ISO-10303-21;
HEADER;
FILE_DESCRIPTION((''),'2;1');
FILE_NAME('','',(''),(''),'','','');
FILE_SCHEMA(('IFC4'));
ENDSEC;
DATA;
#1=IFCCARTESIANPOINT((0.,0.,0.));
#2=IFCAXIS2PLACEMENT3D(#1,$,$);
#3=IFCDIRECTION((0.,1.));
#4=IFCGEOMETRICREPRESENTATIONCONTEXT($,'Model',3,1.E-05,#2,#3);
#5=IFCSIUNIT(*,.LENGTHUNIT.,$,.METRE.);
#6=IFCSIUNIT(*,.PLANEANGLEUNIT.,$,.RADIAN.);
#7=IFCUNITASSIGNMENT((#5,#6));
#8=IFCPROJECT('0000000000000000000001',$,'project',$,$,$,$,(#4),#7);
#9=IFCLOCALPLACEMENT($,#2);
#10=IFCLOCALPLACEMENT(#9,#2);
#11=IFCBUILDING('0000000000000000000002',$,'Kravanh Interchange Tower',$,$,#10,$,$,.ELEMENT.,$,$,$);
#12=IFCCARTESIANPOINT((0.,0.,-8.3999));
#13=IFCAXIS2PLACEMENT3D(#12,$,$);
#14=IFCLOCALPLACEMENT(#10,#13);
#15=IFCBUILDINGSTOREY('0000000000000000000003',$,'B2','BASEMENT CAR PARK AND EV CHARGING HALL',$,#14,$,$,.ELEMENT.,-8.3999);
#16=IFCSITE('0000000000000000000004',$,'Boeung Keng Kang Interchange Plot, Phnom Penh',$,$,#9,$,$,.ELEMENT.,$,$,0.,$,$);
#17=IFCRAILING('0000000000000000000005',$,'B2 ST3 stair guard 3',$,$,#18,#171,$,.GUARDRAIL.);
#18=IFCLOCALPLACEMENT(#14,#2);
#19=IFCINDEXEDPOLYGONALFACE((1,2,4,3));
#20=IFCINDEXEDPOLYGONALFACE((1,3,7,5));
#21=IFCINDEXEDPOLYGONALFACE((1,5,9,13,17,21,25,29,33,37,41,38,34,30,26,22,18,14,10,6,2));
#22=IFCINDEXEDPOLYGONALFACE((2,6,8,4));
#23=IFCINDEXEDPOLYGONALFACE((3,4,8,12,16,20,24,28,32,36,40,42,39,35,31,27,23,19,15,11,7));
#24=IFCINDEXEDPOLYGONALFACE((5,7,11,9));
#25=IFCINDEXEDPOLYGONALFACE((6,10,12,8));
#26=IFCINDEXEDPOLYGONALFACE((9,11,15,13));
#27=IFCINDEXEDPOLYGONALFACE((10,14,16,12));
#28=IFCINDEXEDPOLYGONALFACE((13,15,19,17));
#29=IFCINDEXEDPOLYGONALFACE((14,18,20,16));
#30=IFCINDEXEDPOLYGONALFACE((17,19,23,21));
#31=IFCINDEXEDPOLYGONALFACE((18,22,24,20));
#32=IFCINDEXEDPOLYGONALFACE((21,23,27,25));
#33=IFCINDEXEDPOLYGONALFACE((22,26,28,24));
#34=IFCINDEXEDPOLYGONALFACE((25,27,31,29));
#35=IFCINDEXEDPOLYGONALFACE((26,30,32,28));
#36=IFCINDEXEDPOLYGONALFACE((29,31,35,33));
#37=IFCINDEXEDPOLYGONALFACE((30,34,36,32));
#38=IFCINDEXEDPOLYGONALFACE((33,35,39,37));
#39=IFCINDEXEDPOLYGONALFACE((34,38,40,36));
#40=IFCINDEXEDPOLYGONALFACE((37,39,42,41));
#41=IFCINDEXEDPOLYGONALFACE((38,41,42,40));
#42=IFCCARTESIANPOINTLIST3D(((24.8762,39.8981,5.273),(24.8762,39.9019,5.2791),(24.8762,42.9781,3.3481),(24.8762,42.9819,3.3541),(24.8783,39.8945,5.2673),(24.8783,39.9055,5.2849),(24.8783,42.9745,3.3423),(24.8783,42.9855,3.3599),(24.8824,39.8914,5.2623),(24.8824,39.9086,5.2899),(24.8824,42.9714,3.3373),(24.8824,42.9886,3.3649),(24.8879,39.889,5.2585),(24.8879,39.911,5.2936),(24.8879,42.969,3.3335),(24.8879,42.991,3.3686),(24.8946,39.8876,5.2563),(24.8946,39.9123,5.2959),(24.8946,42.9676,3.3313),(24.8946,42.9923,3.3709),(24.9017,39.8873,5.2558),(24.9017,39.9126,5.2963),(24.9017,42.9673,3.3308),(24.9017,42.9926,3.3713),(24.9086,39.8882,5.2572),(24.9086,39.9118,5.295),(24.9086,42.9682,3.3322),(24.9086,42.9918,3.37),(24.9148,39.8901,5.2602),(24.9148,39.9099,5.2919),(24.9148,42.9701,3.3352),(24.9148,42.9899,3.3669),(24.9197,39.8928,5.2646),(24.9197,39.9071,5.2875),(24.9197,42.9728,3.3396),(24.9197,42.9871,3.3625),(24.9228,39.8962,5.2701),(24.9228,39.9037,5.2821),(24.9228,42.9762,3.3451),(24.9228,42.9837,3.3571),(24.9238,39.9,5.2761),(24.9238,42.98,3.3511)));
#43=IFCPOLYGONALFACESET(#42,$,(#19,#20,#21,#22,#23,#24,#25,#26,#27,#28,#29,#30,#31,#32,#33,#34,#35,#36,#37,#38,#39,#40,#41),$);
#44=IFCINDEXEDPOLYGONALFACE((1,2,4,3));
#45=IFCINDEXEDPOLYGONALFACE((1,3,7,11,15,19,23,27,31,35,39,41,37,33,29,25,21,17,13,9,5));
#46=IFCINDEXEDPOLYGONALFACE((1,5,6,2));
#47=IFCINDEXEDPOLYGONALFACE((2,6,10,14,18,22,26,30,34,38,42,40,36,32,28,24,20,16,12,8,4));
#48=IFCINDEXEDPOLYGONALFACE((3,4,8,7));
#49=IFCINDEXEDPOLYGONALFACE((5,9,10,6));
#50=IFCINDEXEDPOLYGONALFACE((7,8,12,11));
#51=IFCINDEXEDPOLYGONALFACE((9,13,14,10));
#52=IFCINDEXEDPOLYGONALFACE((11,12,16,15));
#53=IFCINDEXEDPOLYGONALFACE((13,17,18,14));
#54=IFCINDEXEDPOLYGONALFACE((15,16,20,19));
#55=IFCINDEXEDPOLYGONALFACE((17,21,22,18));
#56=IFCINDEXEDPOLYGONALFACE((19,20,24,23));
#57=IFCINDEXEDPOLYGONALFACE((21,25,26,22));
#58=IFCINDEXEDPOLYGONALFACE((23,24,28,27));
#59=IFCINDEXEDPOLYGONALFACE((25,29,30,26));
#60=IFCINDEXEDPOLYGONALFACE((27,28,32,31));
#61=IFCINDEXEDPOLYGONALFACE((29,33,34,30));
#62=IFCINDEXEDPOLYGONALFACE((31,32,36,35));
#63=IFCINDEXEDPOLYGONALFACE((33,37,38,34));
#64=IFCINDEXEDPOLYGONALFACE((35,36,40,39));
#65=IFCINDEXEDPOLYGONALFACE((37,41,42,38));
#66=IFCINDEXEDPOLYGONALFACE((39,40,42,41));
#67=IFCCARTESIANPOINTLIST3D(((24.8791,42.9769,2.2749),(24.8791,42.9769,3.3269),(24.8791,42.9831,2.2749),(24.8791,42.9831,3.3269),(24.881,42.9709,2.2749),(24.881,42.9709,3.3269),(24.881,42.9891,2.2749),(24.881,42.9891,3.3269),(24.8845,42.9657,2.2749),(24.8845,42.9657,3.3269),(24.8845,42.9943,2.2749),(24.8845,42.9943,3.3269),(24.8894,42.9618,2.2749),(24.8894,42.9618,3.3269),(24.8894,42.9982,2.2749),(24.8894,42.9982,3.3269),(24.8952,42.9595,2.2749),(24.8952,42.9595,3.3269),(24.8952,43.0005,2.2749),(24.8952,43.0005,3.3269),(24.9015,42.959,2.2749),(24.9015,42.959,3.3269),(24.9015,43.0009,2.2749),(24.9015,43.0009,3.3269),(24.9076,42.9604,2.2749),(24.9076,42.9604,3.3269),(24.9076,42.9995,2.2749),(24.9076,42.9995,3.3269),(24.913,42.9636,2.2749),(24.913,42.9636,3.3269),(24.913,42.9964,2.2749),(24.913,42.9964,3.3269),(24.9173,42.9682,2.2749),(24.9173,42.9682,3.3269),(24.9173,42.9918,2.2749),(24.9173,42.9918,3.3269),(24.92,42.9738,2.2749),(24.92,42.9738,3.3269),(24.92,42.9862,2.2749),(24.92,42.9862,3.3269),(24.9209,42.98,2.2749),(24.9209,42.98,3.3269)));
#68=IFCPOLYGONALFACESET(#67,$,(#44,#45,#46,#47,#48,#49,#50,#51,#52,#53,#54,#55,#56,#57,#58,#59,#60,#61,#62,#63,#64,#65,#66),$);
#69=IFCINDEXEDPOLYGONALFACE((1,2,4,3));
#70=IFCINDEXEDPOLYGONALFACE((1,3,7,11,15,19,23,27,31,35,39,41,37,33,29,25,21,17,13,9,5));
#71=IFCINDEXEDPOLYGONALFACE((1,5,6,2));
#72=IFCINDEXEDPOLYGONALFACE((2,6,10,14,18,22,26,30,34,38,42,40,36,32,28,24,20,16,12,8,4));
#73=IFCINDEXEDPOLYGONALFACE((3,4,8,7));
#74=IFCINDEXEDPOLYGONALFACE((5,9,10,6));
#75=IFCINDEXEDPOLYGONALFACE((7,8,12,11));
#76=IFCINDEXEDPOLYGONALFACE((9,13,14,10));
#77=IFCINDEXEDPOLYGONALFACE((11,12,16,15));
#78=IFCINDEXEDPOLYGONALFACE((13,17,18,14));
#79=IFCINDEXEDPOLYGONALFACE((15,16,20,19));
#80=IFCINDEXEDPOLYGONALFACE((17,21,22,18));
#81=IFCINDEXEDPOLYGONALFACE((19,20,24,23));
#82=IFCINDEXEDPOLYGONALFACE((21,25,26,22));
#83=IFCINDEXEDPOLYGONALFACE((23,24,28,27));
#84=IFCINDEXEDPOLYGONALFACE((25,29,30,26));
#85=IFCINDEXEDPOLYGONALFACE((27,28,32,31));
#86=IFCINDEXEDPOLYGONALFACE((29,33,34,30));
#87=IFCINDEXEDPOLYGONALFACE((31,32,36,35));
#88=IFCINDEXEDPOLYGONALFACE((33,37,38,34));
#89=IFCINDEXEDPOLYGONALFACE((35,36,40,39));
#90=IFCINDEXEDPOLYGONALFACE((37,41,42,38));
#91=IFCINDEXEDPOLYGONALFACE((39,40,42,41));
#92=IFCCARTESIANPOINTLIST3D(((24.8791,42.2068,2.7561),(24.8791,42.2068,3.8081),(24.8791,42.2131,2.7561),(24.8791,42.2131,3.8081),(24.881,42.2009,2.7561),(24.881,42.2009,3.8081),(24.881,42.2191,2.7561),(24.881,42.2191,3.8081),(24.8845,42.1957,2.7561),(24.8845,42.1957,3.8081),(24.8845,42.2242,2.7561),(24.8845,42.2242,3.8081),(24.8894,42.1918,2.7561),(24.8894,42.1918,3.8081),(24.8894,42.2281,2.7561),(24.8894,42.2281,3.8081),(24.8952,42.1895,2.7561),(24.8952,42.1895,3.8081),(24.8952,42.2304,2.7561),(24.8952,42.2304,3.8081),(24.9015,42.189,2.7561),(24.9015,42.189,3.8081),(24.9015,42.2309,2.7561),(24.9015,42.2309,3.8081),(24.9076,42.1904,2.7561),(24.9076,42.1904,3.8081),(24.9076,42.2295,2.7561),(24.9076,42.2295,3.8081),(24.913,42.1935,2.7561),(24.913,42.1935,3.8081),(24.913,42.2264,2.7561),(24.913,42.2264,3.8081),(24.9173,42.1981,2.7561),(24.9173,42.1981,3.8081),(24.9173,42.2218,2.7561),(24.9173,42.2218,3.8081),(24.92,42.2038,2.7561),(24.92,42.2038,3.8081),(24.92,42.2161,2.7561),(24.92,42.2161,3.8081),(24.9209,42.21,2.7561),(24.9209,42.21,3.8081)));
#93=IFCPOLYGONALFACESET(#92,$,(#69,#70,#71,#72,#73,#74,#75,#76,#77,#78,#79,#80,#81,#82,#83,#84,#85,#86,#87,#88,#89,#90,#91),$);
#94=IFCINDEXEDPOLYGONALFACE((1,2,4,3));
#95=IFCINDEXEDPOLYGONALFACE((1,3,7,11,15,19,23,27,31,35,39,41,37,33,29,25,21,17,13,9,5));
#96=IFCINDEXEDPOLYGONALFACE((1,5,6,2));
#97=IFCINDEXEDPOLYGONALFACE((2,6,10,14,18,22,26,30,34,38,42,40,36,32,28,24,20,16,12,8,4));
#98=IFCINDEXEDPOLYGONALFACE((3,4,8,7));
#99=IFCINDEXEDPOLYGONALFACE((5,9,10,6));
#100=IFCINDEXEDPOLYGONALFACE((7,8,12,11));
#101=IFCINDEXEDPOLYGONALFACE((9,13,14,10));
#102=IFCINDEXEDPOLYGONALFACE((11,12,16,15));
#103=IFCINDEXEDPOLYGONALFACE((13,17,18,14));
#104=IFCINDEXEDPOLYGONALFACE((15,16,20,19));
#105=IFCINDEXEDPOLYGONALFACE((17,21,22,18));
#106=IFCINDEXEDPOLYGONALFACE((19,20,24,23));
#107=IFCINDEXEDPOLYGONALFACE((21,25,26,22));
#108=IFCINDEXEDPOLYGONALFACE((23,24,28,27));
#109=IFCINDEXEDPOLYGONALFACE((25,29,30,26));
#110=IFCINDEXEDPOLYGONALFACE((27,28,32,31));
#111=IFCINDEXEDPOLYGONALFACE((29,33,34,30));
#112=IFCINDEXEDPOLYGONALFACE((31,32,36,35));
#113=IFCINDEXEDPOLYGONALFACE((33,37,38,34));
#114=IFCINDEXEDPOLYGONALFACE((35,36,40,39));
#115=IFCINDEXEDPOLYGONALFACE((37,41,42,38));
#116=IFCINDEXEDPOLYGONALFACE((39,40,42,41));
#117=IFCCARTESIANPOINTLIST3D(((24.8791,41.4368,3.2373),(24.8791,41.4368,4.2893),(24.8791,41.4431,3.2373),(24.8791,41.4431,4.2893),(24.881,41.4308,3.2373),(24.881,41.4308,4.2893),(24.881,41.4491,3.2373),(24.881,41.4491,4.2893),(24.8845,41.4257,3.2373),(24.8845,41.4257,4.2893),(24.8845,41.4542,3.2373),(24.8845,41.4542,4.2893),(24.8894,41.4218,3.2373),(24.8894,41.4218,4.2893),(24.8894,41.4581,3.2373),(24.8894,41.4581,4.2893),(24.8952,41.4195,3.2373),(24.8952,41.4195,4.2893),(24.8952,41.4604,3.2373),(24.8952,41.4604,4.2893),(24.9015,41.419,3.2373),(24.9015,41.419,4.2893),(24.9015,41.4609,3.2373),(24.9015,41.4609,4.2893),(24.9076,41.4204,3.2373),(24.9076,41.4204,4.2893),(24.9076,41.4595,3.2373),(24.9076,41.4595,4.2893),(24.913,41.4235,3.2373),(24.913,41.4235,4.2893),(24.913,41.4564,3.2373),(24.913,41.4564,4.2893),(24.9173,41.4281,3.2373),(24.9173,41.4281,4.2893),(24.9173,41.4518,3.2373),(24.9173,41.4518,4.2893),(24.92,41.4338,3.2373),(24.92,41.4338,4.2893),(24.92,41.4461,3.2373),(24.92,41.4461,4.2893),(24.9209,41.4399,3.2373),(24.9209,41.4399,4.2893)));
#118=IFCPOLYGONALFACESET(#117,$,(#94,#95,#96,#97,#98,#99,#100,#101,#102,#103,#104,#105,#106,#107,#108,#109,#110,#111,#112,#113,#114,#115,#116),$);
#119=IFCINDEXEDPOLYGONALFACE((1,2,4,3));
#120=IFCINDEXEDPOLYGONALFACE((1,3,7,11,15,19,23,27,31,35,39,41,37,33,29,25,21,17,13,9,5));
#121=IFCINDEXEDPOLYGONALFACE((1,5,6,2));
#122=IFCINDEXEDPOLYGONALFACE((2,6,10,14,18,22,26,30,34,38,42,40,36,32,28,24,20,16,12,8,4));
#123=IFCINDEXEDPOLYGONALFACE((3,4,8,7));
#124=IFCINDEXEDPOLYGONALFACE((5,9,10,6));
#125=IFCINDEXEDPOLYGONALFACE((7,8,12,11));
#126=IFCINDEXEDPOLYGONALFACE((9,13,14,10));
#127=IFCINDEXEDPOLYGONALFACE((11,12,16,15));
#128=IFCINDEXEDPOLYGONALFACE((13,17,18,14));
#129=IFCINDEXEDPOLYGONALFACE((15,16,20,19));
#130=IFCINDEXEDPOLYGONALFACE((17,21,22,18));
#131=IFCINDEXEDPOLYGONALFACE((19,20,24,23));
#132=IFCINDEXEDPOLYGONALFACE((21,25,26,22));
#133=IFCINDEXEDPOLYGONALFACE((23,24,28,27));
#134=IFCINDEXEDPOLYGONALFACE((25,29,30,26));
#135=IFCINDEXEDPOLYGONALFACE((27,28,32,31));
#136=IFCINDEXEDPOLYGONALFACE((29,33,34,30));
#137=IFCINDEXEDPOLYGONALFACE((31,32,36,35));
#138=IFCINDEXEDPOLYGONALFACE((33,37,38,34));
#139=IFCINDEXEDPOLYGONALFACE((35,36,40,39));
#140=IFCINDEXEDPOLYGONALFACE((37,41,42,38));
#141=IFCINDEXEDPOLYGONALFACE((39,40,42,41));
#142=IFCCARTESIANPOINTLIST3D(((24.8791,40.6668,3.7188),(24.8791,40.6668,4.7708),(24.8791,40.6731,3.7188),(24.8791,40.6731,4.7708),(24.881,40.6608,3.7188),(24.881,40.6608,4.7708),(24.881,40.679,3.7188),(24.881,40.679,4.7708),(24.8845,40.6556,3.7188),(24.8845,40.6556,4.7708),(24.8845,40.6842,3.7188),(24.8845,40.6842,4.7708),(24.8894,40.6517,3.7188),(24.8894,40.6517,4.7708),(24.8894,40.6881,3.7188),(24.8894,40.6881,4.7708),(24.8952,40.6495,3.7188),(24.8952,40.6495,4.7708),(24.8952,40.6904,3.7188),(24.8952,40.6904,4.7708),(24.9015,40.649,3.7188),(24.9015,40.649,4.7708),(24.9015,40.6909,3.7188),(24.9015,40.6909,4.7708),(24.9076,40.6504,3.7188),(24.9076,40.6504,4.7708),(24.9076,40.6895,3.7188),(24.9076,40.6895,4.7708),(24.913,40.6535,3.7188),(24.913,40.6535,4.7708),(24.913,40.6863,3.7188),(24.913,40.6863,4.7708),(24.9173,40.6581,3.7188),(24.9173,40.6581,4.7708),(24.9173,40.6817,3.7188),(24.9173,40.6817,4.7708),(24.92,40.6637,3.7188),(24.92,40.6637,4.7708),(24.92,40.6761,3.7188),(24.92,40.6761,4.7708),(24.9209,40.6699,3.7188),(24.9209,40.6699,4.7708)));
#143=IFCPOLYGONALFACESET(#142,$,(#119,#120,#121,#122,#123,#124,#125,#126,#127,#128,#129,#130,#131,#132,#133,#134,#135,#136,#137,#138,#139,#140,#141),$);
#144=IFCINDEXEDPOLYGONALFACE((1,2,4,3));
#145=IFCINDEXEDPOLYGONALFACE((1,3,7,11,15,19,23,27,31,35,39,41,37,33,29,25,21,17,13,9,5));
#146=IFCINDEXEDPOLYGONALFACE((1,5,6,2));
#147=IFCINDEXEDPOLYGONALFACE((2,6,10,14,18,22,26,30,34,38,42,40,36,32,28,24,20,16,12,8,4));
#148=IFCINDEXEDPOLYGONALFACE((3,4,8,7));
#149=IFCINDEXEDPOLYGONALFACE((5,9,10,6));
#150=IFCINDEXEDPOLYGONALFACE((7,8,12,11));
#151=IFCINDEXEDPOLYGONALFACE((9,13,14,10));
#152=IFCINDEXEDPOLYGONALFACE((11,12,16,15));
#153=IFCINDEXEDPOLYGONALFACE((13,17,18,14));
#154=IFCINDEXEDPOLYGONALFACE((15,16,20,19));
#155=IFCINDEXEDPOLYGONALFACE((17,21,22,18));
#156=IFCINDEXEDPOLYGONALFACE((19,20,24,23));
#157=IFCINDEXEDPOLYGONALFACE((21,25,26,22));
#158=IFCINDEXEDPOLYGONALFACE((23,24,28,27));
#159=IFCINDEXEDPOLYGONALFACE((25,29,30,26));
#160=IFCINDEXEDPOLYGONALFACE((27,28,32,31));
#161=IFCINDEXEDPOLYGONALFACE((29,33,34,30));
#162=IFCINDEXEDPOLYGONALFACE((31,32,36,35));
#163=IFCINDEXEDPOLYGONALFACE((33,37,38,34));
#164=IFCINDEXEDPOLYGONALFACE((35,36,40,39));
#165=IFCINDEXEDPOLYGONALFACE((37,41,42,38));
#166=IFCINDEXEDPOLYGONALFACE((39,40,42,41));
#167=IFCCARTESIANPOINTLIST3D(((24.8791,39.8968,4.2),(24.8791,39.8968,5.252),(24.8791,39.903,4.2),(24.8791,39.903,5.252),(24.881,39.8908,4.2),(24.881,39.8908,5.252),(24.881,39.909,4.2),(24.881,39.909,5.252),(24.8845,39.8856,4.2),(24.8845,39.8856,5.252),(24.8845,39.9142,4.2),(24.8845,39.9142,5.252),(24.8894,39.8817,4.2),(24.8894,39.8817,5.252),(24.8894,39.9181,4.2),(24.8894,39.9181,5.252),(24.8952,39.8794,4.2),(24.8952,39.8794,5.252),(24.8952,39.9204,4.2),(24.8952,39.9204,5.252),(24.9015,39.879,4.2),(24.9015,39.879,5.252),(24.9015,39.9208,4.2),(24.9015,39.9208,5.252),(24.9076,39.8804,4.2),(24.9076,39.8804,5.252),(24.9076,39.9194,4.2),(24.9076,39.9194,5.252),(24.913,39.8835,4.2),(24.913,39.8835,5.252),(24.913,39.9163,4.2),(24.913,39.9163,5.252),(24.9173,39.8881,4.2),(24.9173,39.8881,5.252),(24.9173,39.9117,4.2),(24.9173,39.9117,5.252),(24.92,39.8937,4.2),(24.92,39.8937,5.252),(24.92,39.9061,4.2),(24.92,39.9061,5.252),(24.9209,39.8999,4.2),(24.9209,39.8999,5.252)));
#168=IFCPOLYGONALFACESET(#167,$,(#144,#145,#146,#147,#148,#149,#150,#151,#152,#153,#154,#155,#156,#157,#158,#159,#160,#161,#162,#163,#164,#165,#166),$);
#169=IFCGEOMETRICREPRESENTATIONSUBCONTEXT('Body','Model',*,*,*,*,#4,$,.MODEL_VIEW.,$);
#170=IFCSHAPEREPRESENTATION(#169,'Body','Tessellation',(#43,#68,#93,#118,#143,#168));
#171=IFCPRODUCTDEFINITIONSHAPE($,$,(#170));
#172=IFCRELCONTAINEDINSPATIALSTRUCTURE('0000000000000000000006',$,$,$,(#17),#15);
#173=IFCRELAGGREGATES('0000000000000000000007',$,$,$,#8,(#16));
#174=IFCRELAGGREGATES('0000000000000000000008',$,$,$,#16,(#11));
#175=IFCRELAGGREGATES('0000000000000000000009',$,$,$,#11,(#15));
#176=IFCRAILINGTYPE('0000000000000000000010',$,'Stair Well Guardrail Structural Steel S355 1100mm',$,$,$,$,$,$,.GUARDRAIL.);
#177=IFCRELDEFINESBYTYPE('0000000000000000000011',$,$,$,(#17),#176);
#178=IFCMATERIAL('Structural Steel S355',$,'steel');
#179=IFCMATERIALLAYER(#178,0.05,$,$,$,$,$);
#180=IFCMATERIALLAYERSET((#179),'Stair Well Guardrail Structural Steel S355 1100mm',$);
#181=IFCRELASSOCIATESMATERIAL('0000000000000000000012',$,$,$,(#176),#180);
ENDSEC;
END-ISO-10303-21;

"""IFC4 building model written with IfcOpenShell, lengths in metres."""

from ifc_helpers import new_model, si_unit, direction, frame, origin, origin_2d, place, context, subcontext, project, spatial, circle, extrude, material, layer, layer_set, type_object, element, save


model = new_model("IFC4")

# Units and contexts
model_context = context("Model", 3, precision=1e-05, world=origin(), true_north=direction((0.0, 1.0)))
body_context = subcontext(model_context, "Body", "Model", "MODEL_VIEW")
ifc_project = project(units=[si_unit("LENGTHUNIT", "METRE"), si_unit("PLANEANGLEUNIT", "RADIAN")], contexts=[model_context])

# Site, building, storey
site_placement = place(None, origin())
site = spatial("IfcSite", under=ifc_project, at=site_placement, Name="Boeung Keng Kang Interchange Plot, Phnom Penh", CompositionType="ELEMENT", RefElevation=0.0)
building_placement = place(site_placement, origin())
building = spatial("IfcBuilding", under=site, at=building_placement, Name="Kravanh Interchange Tower", CompositionType="ELEMENT")
storey_placement = place(building_placement, frame((0.0, 0.0, -8.3999)))
storey = spatial("IfcBuildingStorey", under=building, at=storey_placement, Name="B2", Description="BASEMENT CAR PARK AND EV CHARGING HALL", CompositionType="ELEMENT", Elevation=-8.3999)

# Railing
ifc_material_1 = material(Name="Structural Steel S355", Category="steel")
ifc_layer_1 = layer(ifc_material_1, 0.05)
ifc_layer_set_1 = layer_set([ifc_layer_1], Name="Stair Well Guardrail Structural Steel S355 1100mm")
railing_type_1 = type_object("IfcRailingType", Name="Stair Well Guardrail Structural Steel S355 1100mm", PredefinedType="GUARDRAIL", material=ifc_layer_set_1)
railing_1_placement = place(storey_placement, frame((24.8999, 42.98, 2.2749)))
element("IfcRailing", 1, at=railing_1_placement, inside=storey, type_object=railing_type_1, Name="B2 ST3 stair guard 3", PredefinedType="GUARDRAIL", context=body_context, shape_type="SweptSolid", body=[
    extrude(circle(Radius=0.0239, at=origin_2d()), frame((0.0, 0.0, 1.0762), z_axis=(0.0, -0.847998, 0.529999), x_axis=(1.0, 0.0, 0.0)), (0.0, 0.0, 1.0), 3.6321),
    extrude(circle(Radius=0.021, at=origin_2d()), origin(), (0.0, 0.0, 1.0), 1.052),
    extrude(circle(Radius=0.021, at=origin_2d()), frame((0.0, -0.77, 0.4812)), (0.0, 0.0, 1.0), 1.052),
    extrude(circle(Radius=0.021, at=origin_2d()), frame((0.0, -1.54, 0.9624)), (0.0, 0.0, 1.0), 1.052),
    extrude(circle(Radius=0.021, at=origin_2d()), frame((0.0, -2.3101, 1.4438)), (0.0, 0.0, 1.0), 1.052),
    extrude(circle(Radius=0.021, at=origin_2d()), frame((0.0, -3.0801, 1.925)), (0.0, 0.0, 1.0), 1.052),
])

save(model, "model.ifc")
